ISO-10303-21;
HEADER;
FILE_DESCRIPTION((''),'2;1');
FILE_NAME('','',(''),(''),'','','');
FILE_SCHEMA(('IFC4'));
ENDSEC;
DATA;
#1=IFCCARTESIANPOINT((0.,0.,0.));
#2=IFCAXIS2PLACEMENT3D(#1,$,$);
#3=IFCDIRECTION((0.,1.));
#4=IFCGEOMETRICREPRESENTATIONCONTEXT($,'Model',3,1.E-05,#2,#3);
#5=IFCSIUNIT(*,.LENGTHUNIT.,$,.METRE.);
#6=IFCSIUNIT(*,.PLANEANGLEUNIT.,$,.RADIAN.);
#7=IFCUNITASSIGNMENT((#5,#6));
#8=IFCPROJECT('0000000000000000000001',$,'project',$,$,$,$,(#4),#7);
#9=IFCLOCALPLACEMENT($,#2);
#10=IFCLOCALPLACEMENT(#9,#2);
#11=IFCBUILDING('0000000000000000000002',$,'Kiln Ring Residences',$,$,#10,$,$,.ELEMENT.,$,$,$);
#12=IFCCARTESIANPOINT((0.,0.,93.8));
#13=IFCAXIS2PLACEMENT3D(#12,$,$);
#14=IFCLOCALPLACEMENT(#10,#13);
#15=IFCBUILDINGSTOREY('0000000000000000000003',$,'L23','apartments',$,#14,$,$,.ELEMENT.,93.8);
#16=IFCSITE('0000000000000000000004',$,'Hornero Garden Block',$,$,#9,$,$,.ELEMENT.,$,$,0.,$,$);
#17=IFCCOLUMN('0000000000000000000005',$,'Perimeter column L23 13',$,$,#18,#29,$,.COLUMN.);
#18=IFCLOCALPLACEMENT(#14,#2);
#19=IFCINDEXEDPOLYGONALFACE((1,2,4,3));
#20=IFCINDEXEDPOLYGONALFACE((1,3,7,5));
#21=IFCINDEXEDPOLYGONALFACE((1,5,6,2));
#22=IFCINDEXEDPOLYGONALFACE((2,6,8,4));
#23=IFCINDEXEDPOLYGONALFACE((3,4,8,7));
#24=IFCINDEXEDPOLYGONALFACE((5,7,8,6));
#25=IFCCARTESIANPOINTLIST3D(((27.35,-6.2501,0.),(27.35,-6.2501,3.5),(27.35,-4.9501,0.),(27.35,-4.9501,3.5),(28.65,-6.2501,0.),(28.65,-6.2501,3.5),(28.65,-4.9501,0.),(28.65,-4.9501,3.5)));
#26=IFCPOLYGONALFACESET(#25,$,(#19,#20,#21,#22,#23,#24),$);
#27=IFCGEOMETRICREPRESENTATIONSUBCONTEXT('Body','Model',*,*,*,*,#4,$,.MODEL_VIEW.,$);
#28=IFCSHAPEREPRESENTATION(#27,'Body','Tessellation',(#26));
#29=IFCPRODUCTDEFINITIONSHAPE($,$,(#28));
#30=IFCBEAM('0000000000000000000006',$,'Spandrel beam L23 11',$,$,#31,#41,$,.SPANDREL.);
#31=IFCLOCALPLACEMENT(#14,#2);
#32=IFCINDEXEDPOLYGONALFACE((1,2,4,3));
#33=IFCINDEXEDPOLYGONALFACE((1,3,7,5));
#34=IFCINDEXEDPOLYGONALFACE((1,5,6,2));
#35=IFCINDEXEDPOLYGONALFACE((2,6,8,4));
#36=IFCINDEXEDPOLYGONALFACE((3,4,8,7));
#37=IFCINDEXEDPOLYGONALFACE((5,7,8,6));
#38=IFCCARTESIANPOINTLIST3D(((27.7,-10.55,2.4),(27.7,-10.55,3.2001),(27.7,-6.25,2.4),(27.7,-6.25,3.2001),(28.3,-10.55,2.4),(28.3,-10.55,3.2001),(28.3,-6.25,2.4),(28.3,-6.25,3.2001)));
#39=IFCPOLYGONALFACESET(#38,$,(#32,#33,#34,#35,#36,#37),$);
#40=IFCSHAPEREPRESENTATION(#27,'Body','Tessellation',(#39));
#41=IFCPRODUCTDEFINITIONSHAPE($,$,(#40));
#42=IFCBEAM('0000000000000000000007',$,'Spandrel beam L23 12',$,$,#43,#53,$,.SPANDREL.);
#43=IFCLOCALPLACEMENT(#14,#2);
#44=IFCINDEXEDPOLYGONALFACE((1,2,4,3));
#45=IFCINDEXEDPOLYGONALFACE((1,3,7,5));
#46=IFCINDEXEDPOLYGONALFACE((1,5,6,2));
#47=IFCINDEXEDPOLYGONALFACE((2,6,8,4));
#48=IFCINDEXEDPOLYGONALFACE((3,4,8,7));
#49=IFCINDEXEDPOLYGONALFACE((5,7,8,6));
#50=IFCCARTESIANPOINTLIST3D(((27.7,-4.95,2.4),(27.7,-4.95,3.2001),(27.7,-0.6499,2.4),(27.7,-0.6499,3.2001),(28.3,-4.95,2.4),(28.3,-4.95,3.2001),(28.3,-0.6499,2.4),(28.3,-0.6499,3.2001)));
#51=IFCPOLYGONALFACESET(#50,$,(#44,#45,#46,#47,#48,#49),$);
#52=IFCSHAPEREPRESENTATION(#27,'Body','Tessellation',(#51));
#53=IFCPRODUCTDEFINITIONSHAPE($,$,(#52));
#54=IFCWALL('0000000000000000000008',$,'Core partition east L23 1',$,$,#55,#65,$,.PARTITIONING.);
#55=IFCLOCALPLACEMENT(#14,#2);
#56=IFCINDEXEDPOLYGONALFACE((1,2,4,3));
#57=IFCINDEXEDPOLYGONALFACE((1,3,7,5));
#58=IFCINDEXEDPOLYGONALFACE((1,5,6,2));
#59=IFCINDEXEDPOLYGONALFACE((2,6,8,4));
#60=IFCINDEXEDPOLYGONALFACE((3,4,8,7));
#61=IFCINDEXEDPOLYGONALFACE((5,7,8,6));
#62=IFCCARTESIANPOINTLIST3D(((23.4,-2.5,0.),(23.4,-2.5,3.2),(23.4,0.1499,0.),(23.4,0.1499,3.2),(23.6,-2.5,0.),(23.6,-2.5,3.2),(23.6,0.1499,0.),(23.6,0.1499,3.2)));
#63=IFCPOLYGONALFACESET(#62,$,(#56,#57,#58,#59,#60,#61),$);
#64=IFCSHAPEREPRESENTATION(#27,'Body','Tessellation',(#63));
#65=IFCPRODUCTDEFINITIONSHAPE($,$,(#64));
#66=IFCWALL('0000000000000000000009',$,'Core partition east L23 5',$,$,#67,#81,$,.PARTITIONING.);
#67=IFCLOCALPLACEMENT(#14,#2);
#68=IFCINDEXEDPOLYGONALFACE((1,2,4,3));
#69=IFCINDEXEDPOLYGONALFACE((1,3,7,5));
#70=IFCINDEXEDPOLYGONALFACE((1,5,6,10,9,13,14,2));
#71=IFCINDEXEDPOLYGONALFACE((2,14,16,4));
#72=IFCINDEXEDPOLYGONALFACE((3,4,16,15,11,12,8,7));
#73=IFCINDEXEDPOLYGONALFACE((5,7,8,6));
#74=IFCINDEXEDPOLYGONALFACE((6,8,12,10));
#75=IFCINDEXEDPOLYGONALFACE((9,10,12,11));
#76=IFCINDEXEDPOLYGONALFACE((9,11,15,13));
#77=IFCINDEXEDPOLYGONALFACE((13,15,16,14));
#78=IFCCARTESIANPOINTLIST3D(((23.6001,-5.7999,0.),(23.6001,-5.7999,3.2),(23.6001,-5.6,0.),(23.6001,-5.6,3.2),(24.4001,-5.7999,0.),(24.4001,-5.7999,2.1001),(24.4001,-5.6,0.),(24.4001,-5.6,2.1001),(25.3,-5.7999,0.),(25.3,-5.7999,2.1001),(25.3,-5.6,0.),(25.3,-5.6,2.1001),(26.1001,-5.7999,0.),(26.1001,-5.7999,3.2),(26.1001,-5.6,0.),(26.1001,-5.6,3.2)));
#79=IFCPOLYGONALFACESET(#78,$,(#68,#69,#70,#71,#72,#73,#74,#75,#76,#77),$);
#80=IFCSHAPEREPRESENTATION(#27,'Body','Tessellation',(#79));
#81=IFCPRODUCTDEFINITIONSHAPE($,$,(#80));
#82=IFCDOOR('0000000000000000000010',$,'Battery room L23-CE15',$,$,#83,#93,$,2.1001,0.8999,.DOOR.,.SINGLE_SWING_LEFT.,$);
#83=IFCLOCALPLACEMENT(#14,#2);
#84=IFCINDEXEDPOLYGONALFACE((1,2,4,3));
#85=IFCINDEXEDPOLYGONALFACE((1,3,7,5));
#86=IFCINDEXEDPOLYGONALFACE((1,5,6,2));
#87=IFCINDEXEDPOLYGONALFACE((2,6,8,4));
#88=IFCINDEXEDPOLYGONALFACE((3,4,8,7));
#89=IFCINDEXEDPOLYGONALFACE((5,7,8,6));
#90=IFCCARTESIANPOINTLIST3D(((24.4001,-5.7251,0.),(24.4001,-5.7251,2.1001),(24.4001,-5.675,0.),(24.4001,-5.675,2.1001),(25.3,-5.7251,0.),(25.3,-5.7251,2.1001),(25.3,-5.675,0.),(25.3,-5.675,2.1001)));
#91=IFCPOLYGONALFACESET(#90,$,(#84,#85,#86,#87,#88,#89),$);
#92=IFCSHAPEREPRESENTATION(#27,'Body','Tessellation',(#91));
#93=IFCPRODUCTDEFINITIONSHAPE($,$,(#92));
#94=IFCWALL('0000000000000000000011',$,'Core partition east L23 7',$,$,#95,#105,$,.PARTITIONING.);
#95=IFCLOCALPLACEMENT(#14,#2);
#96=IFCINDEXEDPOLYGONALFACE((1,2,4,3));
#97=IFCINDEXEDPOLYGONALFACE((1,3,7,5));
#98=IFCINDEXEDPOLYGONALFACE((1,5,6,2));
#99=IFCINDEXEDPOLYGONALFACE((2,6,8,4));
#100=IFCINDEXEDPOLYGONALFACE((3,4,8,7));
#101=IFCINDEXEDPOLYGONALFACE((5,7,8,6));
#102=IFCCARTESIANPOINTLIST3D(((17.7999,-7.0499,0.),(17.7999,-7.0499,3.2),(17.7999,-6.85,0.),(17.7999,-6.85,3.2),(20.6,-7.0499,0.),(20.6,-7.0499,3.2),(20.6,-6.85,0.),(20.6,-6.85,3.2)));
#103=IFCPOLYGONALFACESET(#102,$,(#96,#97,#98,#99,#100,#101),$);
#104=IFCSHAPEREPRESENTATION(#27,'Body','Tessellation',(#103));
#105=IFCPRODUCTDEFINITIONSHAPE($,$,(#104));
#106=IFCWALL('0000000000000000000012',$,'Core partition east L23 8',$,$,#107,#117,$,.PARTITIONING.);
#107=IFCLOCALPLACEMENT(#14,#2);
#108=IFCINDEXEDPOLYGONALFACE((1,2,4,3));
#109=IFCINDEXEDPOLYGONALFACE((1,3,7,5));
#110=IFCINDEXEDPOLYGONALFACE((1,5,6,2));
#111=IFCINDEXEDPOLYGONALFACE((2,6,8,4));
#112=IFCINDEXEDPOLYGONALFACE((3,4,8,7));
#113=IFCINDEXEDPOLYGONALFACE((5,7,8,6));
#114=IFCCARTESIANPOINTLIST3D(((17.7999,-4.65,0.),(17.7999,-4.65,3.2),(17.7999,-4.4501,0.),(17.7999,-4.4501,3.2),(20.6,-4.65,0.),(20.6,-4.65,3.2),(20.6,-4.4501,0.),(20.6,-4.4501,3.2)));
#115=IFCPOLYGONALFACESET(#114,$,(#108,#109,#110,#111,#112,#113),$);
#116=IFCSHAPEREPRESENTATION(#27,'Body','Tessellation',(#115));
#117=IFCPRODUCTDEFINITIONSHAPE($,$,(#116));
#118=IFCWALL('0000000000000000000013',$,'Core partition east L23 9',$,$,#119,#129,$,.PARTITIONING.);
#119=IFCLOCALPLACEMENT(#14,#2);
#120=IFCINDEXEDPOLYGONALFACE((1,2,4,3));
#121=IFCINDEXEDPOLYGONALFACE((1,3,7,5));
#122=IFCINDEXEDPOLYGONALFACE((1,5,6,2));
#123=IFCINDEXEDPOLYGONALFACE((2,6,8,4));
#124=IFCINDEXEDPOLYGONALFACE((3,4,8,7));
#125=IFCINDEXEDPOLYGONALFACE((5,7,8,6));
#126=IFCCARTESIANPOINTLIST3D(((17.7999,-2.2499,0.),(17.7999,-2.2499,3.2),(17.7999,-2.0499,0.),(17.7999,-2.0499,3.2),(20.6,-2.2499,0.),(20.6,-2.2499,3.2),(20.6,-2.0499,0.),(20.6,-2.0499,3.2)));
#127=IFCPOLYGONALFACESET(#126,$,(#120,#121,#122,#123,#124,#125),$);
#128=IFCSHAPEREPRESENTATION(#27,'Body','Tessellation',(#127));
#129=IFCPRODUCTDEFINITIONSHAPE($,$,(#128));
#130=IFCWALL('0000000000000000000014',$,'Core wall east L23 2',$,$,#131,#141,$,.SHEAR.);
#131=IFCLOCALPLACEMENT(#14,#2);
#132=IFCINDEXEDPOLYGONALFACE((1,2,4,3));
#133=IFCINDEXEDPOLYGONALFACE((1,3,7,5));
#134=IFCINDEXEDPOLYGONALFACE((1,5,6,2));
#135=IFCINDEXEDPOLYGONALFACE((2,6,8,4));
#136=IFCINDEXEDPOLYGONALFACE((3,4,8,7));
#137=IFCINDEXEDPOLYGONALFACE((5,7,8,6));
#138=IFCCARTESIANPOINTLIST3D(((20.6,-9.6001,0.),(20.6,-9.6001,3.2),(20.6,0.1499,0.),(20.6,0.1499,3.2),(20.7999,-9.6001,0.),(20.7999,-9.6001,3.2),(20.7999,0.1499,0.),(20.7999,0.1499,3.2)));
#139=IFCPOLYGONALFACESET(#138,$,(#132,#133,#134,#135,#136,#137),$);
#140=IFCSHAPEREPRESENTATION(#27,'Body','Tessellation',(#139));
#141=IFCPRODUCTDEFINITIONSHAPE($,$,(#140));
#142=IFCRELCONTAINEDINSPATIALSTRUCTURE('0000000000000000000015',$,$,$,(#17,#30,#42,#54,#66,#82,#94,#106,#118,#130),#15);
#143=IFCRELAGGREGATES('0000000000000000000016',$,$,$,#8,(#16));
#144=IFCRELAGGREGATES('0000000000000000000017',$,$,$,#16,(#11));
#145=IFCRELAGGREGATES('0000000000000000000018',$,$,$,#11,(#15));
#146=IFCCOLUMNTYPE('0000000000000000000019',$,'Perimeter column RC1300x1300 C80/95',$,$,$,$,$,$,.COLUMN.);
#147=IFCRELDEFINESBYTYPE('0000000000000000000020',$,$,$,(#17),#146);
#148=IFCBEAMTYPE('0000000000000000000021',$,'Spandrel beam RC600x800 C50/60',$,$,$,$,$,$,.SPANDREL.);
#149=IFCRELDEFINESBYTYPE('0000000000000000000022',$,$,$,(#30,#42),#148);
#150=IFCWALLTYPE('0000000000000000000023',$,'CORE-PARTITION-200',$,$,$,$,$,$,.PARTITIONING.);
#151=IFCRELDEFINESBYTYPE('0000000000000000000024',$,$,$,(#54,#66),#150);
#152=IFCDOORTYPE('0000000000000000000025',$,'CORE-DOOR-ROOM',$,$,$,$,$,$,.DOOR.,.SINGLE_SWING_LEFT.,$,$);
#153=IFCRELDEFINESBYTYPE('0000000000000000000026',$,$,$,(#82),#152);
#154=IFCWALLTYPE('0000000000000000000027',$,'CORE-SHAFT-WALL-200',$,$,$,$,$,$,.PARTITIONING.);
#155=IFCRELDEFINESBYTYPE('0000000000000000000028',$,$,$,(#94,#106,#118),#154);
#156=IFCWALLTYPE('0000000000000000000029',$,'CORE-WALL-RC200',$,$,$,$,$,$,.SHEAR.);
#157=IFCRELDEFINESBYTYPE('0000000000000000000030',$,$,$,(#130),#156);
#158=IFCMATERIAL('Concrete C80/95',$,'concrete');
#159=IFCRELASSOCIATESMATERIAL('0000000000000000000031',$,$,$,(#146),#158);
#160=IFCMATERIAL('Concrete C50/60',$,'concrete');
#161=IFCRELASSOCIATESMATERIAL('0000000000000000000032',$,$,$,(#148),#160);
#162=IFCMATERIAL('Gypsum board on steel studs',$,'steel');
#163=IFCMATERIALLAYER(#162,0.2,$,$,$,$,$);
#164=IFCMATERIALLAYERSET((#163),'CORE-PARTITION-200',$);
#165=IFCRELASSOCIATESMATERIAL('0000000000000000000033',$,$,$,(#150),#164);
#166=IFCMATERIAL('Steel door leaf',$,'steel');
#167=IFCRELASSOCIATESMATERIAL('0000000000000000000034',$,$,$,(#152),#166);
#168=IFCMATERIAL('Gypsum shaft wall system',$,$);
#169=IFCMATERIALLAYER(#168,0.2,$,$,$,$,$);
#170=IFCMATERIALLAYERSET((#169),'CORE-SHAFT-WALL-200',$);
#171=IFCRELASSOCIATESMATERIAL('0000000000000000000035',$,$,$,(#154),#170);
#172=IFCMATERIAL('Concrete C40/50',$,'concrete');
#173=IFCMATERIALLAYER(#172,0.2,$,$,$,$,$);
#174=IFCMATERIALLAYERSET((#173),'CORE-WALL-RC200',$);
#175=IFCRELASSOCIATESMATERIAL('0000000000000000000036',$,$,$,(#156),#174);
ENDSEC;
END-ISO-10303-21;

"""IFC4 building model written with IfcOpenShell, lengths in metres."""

from ifc_helpers import new_model, si_unit, direction, frame, frame_2d, origin, origin_2d, place, context, subcontext, project, spatial, rectangle, extrude, material, layer, layer_set, material_profile, profile_set, type_object, element, fill, save


model = new_model("IFC4")

# Units and contexts
model_context = context("Model", 3, precision=1e-05, world=origin(), true_north=direction((0.0, 1.0)))
body_context = subcontext(model_context, "Body", "Model", "MODEL_VIEW")
ifc_project = project(units=[si_unit("LENGTHUNIT", "METRE"), si_unit("PLANEANGLEUNIT", "RADIAN")], contexts=[model_context])

# Site, building, storey
site_placement = place(None, origin())
site = spatial("IfcSite", under=ifc_project, at=site_placement, Name="Hornero Garden Block", CompositionType="ELEMENT", RefElevation=0.0)
building_placement = place(site_placement, origin())
building = spatial("IfcBuilding", under=site, at=building_placement, Name="Kiln Ring Residences", CompositionType="ELEMENT")
storey_placement = place(building_placement, frame((0.0, 0.0, 93.8)))
storey = spatial("IfcBuildingStorey", under=building, at=storey_placement, Name="L23", Description="apartments", CompositionType="ELEMENT", Elevation=93.8)

# Column
ifc_material_1 = material(Name="Concrete C80/95", Category="concrete")
ifc_material_profile_1 = material_profile(ifc_material_1, rectangle(XDim=1.3, YDim=1.3, at=origin_2d()), Name="RC1300x1300")
ifc_profile_set_1 = profile_set([ifc_material_profile_1], Name="Concrete C80/95")
column_type = type_object("IfcColumnType", Name="Perimeter column RC1300x1300 C80/95", PredefinedType="COLUMN", material=ifc_profile_set_1)
column_placement = place(storey_placement, frame((28.0, -5.6001, 0.0), z_axis=(0.0, 0.0, 1.0), x_axis=(1.0, 0.0, 0.0)))
element("IfcColumn", 1, at=column_placement, inside=storey, type_object=column_type, Name="Perimeter column L23 13", PredefinedType="COLUMN", context=body_context, shape_type="SweptSolid", body=[
    extrude(rectangle(XDim=1.3, YDim=1.3, at=origin_2d()), origin(), (0.0, 0.0, 1.0), 3.5),
])

# Beams
ifc_material_2 = material(Name="Concrete C50/60", Category="concrete")
ifc_material_profile_2 = material_profile(ifc_material_2, rectangle(XDim=0.6001, YDim=0.8, at=origin_2d()), Name="RC600x800")
ifc_profile_set_2 = profile_set([ifc_material_profile_2], Name="Concrete C50/60")
beam_type = type_object("IfcBeamType", Name="Spandrel beam RC600x800 C50/60", PredefinedType="SPANDREL", material=ifc_profile_set_2)
for number, where, z_axis, x_axis, name in (
    (2, (28.0, -10.55, 2.8), (0.0, 1.0, 0.0), (-1.0, 0.0, 0.0), "Spandrel beam L23 11"),
    (3, (28.0, -4.95, 2.8), (0.0, 1.0, 0.0), (-1.0, 0.0, 0.0), "Spandrel beam L23 12"),
):
    element("IfcBeam", number, at=place(storey_placement, frame(where, z_axis=z_axis, x_axis=x_axis)), inside=storey, type_object=beam_type, Name=name, PredefinedType="SPANDREL", context=body_context, shape_type="SweptSolid", body=[
        extrude(rectangle(XDim=0.6001, YDim=0.8, at=origin_2d()), origin(), (0.0, 0.0, 1.0), 4.3),
    ])

# Wall
ifc_material_3 = material(Name="Gypsum board on steel studs", Category="steel")
ifc_layer_1 = layer(ifc_material_3, 0.2)
ifc_layer_set_1 = layer_set([ifc_layer_1], Name="CORE-PARTITION-200")
wall_type_1 = type_object("IfcWallType", Name="CORE-PARTITION-200", PredefinedType="PARTITIONING", material=ifc_layer_set_1)
wall_1_placement = place(storey_placement, frame((23.5, -2.5, 0.0), z_axis=(0.0, 0.0, 1.0), x_axis=(0.0, 1.0, 0.0)))
element("IfcWall", 4, at=wall_1_placement, inside=storey, type_object=wall_type_1, Name="Core partition east L23 1", PredefinedType="PARTITIONING", context=body_context, shape_type="SweptSolid", body=[
    extrude(rectangle(XDim=2.6499, YDim=0.2, at=frame_2d((1.325, 0.0))), origin(), (0.0, 0.0, 1.0), 3.2),
])

# Wall, opening, door
wall_2_placement = place(storey_placement, frame((23.6001, -5.7, 0.0), z_axis=(0.0, 0.0, 1.0), x_axis=(1.0, 0.0, 0.0)))
wall_2 = element("IfcWall", 5, at=wall_2_placement, inside=storey, type_object=wall_type_1, Name="Core partition east L23 5", PredefinedType="PARTITIONING", context=body_context, shape_type="SweptSolid", body=[
    extrude(rectangle(XDim=2.5, YDim=0.2, at=frame_2d((1.25, 0.0))), origin(), (0.0, 0.0, 1.0), 3.2),
])
opening_1_placement = place(wall_2_placement, frame((0.8, 0.0, 0.0)))
opening_1 = element("IfcOpeningElement", 6, at=opening_1_placement, cuts=wall_2, PredefinedType="OPENING", context=body_context, shape_type="SweptSolid", body=[
    extrude(rectangle(XDim=0.8999, YDim=2.1001, at=frame_2d((0.45, 1.05))), frame((0.0, 0.1099, 0.0), z_axis=(0.0, -1.0, 0.0), x_axis=(1.0, 0.0, 0.0)), (0.0, 0.0, 1.0), 0.22),
])
ifc_material_4 = material(Name="Steel door leaf", Category="steel")
door_type_1 = type_object("IfcDoorType", Name="CORE-DOOR-ROOM", OperationType="SINGLE_SWING_LEFT", PredefinedType="DOOR", material=ifc_material_4)
door_1_placement = place(opening_1_placement, origin())
door_1 = element("IfcDoor", 7, at=door_1_placement, inside=storey, type_object=door_type_1, Name="Battery room L23-CE15", OperationType="SINGLE_SWING_LEFT", OverallHeight=2.1001, OverallWidth=0.8999, PredefinedType="DOOR", context=body_context, shape_type="SweptSolid", body=[
    extrude(rectangle(XDim=0.8999, YDim=2.1001, at=frame_2d((0.45, 1.05))), frame((0.0, 0.0249, 0.0), z_axis=(0.0, -1.0, 0.0), x_axis=(1.0, 0.0, 0.0)), (0.0, 0.0, 1.0), 0.05),
])
fill(opening_1, door_1)

# Walls
ifc_material_5 = material(Name="Gypsum shaft wall system")
ifc_layer_2 = layer(ifc_material_5, 0.2)
ifc_layer_set_2 = layer_set([ifc_layer_2], Name="CORE-SHAFT-WALL-200")
wall_type_2 = type_object("IfcWallType", Name="CORE-SHAFT-WALL-200", PredefinedType="PARTITIONING", material=ifc_layer_set_2)
for number, where, z_axis, x_axis, name in (
    (8, (17.8, -6.95, 0.0), (0.0, 0.0, 1.0), (1.0, 0.0, 0.0), "Core partition east L23 7"),
    (9, (17.8, -4.55, 0.0), (0.0, 0.0, 1.0), (1.0, 0.0, 0.0), "Core partition east L23 8"),
    (10, (17.8, -2.1499, 0.0), (0.0, 0.0, 1.0), (1.0, 0.0, 0.0), "Core partition east L23 9"),
):
    element("IfcWall", number, at=place(storey_placement, frame(where, z_axis=z_axis, x_axis=x_axis)), inside=storey, type_object=wall_type_2, Name=name, PredefinedType="PARTITIONING", context=body_context, shape_type="SweptSolid", body=[
        extrude(rectangle(XDim=2.8, YDim=0.2, at=frame_2d((1.3999, 0.0))), origin(), (0.0, 0.0, 1.0), 3.2),
    ])
ifc_material_6 = material(Name="Concrete C40/50", Category="concrete")
ifc_layer_3 = layer(ifc_material_6, 0.2)
ifc_layer_set_3 = layer_set([ifc_layer_3], Name="CORE-WALL-RC200")
wall_type_3 = type_object("IfcWallType", Name="CORE-WALL-RC200", PredefinedType="SHEAR", material=ifc_layer_set_3)
wall_3_placement = place(storey_placement, frame((20.7, -9.6001, 0.0), z_axis=(0.0, 0.0, 1.0), x_axis=(0.0, 1.0, 0.0)))
element("IfcWall", 11, at=wall_3_placement, inside=storey, type_object=wall_type_3, Name="Core wall east L23 2", PredefinedType="SHEAR", context=body_context, shape_type="SweptSolid", body=[
    extrude(rectangle(XDim=9.75, YDim=0.2, at=frame_2d((4.875, 0.0))), origin(), (0.0, 0.0, 1.0), 3.2),
])

save(model, "model.ifc")
